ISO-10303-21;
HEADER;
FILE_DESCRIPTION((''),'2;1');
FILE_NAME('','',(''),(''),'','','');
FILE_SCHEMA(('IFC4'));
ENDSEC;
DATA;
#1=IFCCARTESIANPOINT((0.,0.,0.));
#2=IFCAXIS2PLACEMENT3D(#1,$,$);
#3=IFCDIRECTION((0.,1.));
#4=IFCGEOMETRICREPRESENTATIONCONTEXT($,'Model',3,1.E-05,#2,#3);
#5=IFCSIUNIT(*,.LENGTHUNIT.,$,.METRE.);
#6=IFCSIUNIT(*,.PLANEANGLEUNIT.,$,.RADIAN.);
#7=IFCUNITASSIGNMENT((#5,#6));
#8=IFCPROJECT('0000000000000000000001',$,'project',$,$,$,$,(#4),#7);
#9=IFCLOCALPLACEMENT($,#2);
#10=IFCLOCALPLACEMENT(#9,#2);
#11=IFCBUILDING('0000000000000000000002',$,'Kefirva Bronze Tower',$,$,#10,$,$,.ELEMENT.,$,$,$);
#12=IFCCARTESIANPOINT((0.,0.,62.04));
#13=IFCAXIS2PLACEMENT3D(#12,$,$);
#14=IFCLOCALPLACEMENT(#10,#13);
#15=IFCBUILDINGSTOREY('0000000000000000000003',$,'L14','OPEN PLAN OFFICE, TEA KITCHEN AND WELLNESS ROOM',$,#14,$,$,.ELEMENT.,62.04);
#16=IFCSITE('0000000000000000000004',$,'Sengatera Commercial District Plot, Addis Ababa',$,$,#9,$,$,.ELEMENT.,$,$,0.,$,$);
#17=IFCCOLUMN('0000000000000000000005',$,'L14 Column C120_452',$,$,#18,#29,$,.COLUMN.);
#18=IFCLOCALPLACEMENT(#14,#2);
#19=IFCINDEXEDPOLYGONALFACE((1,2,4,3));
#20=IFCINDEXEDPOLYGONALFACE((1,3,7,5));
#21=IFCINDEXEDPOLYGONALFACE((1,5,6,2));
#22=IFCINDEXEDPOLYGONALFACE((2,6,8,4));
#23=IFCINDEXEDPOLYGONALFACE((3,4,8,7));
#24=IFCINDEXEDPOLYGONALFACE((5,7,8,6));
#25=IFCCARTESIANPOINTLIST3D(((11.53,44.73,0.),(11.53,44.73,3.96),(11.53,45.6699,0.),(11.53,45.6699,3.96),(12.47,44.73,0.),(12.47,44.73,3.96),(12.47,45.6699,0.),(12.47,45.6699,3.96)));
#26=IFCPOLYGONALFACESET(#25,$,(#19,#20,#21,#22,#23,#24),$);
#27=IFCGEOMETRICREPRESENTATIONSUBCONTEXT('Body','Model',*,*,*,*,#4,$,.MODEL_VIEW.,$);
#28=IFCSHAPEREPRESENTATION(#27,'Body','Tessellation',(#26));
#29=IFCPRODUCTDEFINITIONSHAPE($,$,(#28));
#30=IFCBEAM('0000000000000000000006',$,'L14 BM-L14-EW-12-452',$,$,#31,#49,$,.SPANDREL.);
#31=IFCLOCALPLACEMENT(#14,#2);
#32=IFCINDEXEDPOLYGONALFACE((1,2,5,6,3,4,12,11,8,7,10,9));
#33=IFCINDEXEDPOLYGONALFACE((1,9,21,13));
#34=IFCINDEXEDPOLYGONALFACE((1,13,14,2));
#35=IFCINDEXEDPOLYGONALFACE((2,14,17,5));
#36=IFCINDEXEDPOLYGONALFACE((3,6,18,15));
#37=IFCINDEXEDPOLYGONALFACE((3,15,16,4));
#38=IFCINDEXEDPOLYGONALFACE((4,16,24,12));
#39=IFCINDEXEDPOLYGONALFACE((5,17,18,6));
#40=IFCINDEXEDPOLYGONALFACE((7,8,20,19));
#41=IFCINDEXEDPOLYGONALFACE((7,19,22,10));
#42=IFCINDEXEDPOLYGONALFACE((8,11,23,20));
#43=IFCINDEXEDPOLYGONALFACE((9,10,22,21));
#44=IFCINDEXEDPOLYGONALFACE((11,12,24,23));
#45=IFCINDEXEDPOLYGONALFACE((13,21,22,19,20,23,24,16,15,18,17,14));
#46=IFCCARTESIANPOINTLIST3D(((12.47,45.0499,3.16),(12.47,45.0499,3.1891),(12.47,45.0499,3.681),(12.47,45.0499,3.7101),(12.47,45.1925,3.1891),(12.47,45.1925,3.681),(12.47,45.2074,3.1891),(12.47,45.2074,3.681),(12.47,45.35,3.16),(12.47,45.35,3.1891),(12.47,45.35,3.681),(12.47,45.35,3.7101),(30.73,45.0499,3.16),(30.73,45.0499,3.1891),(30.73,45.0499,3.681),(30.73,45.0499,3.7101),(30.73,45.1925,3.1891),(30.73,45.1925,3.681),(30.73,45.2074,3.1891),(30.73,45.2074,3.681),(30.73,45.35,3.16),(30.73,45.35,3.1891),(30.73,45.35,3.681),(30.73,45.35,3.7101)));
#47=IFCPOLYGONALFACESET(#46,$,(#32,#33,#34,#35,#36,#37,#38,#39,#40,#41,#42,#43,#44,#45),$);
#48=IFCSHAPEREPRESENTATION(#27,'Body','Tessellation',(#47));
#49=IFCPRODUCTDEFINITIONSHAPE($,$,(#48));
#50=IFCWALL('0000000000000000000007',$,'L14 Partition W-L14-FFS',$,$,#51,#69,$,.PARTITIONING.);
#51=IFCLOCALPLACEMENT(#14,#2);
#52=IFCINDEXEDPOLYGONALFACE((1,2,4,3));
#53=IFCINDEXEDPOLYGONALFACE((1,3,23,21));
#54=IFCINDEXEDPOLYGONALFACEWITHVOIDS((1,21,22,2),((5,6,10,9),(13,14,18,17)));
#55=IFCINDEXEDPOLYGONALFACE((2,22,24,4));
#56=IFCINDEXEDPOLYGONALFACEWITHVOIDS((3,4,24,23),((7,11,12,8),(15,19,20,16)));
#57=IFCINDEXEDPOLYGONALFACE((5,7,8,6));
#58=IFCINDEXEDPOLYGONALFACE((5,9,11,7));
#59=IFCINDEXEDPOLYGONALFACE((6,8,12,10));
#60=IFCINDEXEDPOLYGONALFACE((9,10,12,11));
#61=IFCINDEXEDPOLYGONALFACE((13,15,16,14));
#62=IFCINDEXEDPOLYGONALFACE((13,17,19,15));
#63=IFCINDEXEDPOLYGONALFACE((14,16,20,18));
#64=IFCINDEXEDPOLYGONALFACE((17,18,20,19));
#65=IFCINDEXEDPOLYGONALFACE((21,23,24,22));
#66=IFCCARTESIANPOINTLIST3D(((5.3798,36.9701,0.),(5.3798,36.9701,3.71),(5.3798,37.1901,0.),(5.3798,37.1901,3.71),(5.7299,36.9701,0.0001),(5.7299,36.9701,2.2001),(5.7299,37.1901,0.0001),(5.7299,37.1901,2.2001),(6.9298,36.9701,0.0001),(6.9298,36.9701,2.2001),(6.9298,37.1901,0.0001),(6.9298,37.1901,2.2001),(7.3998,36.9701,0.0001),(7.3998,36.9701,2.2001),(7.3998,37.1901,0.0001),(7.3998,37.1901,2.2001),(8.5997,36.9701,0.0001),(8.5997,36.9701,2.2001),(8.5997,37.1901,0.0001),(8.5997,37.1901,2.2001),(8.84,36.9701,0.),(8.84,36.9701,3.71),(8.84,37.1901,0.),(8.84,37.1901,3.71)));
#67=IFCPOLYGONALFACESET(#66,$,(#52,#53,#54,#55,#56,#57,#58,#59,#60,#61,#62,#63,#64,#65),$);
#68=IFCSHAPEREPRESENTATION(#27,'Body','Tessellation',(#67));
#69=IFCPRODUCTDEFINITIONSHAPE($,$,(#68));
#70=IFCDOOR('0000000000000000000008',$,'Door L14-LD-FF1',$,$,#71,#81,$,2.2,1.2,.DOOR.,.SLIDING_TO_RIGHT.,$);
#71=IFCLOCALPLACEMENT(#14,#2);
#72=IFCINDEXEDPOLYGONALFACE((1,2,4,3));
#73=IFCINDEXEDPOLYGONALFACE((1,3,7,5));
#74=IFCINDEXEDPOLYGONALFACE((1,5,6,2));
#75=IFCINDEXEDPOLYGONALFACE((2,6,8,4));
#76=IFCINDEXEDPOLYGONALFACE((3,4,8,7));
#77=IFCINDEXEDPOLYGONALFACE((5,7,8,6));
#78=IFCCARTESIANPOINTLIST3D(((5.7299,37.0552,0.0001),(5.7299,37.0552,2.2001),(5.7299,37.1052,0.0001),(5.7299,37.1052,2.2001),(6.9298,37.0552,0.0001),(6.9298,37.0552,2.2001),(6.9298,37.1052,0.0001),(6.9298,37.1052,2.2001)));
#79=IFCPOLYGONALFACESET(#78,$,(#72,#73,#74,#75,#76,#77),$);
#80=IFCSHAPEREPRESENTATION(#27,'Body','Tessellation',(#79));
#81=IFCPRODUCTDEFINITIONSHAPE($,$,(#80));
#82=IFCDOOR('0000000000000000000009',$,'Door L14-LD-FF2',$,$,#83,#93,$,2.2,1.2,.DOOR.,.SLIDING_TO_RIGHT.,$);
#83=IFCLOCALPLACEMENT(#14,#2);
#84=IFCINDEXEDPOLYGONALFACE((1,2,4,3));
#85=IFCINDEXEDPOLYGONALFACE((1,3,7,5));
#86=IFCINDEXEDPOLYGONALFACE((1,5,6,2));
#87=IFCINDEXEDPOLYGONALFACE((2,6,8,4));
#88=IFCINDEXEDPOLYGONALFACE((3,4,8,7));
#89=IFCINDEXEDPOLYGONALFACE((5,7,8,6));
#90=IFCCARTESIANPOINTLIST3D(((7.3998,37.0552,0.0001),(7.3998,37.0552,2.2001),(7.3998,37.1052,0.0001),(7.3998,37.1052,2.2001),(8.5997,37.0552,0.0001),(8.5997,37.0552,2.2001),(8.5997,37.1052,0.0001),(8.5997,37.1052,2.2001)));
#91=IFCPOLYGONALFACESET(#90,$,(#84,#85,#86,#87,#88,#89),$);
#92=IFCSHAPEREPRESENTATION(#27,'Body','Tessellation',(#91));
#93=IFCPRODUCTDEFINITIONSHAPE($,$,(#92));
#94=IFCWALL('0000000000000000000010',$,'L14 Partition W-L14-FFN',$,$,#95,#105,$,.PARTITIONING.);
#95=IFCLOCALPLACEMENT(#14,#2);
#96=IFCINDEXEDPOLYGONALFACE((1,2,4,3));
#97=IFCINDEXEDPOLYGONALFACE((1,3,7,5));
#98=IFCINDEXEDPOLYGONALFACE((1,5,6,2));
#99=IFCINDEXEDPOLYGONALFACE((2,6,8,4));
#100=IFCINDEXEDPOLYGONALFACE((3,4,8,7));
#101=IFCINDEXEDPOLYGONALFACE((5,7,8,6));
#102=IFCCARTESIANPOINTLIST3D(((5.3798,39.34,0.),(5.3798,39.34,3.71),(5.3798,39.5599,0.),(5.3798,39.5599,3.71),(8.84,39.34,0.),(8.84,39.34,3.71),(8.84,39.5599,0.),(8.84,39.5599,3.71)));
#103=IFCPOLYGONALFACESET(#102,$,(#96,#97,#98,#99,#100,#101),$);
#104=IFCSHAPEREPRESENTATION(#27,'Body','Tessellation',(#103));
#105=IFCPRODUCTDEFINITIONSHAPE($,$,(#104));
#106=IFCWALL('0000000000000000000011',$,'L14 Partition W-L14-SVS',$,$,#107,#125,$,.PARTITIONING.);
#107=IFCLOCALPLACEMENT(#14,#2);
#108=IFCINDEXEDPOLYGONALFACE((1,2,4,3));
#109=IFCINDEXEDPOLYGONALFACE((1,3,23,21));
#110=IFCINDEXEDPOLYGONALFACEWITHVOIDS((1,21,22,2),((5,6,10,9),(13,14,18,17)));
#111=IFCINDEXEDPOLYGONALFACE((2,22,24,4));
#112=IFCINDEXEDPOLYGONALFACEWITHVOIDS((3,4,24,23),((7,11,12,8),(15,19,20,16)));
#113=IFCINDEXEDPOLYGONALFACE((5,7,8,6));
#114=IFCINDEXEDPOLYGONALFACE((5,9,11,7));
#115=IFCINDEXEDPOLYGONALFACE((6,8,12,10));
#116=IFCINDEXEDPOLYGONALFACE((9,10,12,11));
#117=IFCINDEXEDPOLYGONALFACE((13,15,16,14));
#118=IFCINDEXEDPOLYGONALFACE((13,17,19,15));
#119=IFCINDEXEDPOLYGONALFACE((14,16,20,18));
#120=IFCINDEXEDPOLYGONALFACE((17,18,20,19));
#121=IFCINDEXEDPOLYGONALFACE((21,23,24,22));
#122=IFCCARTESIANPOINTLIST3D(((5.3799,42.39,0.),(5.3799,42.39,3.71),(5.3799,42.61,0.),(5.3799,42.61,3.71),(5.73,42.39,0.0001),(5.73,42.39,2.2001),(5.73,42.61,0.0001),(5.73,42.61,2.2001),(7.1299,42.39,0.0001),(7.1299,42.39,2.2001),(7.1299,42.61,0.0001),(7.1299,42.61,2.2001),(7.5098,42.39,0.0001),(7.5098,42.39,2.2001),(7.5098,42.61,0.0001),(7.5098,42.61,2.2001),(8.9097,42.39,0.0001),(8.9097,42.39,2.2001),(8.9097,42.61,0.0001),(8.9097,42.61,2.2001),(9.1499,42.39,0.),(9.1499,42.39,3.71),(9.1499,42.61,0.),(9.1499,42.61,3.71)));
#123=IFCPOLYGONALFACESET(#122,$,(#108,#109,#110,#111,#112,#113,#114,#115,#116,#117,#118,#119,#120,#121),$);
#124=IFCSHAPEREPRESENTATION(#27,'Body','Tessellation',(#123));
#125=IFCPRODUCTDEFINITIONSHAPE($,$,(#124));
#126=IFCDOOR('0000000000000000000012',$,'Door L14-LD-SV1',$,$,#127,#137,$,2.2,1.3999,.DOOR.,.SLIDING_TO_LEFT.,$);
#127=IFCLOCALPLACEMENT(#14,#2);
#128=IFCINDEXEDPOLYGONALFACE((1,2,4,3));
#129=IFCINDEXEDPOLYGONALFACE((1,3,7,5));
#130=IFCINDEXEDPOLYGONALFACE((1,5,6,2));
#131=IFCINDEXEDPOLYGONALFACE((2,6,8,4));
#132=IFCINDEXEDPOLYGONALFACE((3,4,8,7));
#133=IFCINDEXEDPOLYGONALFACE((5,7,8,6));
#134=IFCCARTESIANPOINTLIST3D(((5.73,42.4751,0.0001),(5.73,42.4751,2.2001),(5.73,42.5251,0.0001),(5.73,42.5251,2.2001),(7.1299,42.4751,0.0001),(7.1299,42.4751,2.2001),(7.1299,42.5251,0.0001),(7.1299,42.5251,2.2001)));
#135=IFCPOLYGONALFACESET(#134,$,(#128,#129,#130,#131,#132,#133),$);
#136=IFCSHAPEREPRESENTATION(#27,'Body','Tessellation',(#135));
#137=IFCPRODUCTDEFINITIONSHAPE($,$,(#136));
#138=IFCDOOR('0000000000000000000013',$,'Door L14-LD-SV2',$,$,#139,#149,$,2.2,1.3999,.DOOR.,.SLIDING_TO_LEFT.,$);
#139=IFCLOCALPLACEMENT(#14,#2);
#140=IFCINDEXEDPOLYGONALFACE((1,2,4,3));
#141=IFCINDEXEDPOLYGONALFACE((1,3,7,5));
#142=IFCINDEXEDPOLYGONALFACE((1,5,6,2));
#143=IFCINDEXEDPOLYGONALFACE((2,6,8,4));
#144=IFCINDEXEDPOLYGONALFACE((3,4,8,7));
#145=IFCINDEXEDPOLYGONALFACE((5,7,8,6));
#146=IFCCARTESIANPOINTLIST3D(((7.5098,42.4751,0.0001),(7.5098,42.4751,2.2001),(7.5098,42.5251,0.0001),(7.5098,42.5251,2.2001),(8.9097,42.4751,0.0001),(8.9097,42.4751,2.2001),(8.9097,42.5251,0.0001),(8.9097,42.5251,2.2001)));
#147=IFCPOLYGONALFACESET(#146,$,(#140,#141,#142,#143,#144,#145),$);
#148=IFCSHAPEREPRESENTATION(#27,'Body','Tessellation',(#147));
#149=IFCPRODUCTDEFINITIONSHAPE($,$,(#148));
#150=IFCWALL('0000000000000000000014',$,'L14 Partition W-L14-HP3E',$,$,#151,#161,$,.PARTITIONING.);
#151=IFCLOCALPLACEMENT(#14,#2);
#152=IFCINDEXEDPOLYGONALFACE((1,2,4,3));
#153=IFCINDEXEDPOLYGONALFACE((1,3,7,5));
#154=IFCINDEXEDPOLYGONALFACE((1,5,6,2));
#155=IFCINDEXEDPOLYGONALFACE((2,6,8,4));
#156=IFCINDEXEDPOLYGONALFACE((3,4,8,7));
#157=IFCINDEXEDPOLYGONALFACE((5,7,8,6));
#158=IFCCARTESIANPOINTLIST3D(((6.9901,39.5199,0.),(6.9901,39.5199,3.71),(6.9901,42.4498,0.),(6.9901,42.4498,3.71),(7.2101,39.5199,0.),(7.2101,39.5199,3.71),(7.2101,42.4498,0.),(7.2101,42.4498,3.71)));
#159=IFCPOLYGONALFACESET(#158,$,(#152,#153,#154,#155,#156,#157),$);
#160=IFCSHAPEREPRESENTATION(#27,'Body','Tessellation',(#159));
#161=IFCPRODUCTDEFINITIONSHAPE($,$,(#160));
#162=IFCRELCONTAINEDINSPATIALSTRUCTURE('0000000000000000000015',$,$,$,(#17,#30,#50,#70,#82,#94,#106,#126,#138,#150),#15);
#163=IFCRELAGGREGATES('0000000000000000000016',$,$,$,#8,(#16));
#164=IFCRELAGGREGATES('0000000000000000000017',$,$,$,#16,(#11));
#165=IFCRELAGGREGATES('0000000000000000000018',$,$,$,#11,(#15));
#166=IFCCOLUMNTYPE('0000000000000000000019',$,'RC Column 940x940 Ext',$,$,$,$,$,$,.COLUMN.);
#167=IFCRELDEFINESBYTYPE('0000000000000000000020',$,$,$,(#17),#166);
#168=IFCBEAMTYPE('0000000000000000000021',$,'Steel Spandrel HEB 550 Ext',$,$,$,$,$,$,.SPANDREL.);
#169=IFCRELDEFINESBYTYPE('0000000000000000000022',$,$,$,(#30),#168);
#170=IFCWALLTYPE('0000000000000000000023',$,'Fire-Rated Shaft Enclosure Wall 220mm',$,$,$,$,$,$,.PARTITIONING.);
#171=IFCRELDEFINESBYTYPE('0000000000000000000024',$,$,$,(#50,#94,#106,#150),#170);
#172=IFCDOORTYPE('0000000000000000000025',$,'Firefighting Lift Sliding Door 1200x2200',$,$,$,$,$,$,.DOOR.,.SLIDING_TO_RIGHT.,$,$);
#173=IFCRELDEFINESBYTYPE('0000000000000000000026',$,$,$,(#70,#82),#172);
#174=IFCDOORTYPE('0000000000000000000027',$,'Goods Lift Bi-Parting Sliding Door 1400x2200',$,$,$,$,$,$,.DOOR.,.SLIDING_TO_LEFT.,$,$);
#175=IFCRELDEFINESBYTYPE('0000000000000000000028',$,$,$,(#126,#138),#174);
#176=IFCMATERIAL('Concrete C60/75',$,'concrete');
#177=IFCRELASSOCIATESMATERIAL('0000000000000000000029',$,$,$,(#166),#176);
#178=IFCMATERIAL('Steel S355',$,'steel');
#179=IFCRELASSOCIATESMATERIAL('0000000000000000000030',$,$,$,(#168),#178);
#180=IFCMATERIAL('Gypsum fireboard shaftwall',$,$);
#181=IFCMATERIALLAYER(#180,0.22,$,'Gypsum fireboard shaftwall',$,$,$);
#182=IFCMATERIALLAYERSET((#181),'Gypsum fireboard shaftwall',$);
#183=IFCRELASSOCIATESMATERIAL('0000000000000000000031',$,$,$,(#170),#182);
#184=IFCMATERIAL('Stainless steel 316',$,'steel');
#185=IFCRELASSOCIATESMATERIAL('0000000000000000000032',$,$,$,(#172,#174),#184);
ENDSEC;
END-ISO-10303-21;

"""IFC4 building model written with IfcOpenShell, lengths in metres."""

from ifc_helpers import new_model, si_unit, direction, frame, frame_2d, origin, origin_2d, place, context, subcontext, project, spatial, rectangle, i_section, extrude, material, layer, layer_set, material_profile, profile_set, type_object, element, fill, save


model = new_model("IFC4")

# Units and contexts
model_context = context("Model", 3, precision=1e-05, world=origin(), true_north=direction((0.0, 1.0)))
body_context = subcontext(model_context, "Body", "Model", "MODEL_VIEW")
ifc_project = project(units=[si_unit("LENGTHUNIT", "METRE"), si_unit("PLANEANGLEUNIT", "RADIAN")], contexts=[model_context])

# Site, building, storey
site_placement = place(None, origin())
site = spatial("IfcSite", under=ifc_project, at=site_placement, Name="Sengatera Commercial District Plot, Addis Ababa", CompositionType="ELEMENT", RefElevation=0.0)
building_placement = place(site_placement, origin())
building = spatial("IfcBuilding", under=site, at=building_placement, Name="Kefirva Bronze Tower", CompositionType="ELEMENT")
storey_placement = place(building_placement, frame((0.0, 0.0, 62.04)))
storey = spatial("IfcBuildingStorey", under=building, at=storey_placement, Name="L14", Description="OPEN PLAN OFFICE, TEA KITCHEN AND WELLNESS ROOM", CompositionType="ELEMENT", Elevation=62.04)

# Column
ifc_material_1 = material(Name="Concrete C60/75", Category="concrete")
ifc_material_profile_1 = material_profile(ifc_material_1, rectangle(XDim=0.9399, YDim=0.9399, at=origin_2d()), Name="RC 940x940")
ifc_profile_set_1 = profile_set([ifc_material_profile_1], Name="Concrete C60/75")
column_type = type_object("IfcColumnType", Name="RC Column 940x940 Ext", PredefinedType="COLUMN", material=ifc_profile_set_1)
column_placement = place(storey_placement, frame((12.0, 45.2, 0.0), z_axis=(0.0, 0.0, 1.0), x_axis=(1.0, 0.0, 0.0)))
element("IfcColumn", 1, at=column_placement, inside=storey, type_object=column_type, Name="L14 Column C120_452", PredefinedType="COLUMN", context=body_context, shape_type="SweptSolid", body=[
    extrude(rectangle(XDim=0.9399, YDim=0.9399, at=origin_2d()), origin(), (0.0, 0.0, 1.0), 3.96),
])

# Beam
ifc_material_2 = material(Name="Steel S355", Category="steel")
ifc_material_profile_2 = material_profile(ifc_material_2, i_section(OverallWidth=0.3, OverallDepth=0.55, WebThickness=0.0149, FlangeThickness=0.0291, at=origin_2d()), Name="HEB 550")
ifc_profile_set_2 = profile_set([ifc_material_profile_2], Name="Steel S355")
beam_type = type_object("IfcBeamType", Name="Steel Spandrel HEB 550 Ext", PredefinedType="SPANDREL", material=ifc_profile_set_2)
beam_placement = place(storey_placement, frame((12.47, 45.2, 3.4351), z_axis=(1.0, 0.0, 0.0), x_axis=(0.0, 1.0, 0.0)))
element("IfcBeam", 2, at=beam_placement, inside=storey, type_object=beam_type, Name="L14 BM-L14-EW-12-452", PredefinedType="SPANDREL", context=body_context, shape_type="SweptSolid", body=[
    extrude(i_section(OverallWidth=0.3, OverallDepth=0.55, WebThickness=0.0149, FlangeThickness=0.0291, at=origin_2d()), origin(), (0.0, 0.0, 1.0), 18.26),
])

# Wall, openings, doors
ifc_material_3 = material(Name="Gypsum fireboard shaftwall")
ifc_layer_1 = layer(ifc_material_3, 0.22, Name="Gypsum fireboard shaftwall")
ifc_layer_set_1 = layer_set([ifc_layer_1], Name="Gypsum fireboard shaftwall")
wall_type_1 = type_object("IfcWallType", Name="Fire-Rated Shaft Enclosure Wall 220mm", PredefinedType="PARTITIONING", material=ifc_layer_set_1)
wall_1_placement = place(storey_placement, frame((5.3799, 37.0801, 0.0), z_axis=(0.0, 0.0, 1.0), x_axis=(1.0, 0.0, 0.0)))
wall_1 = element("IfcWall", 3, at=wall_1_placement, inside=storey, type_object=wall_type_1, Name="L14 Partition W-L14-FFS", PredefinedType="PARTITIONING", context=body_context, shape_type="SweptSolid", body=[
    extrude(rectangle(XDim=3.4602, YDim=0.22, at=frame_2d((1.73, 0.0))), origin(), (0.0, 0.0, 1.0), 3.71),
])
opening_1_placement = place(wall_1_placement, frame((1.55, 0.0, 0.0), z_axis=(0.0, 0.0, 1.0), x_axis=(-1.0, 0.0, 0.0)))
opening_1 = element("IfcOpeningElement", 4, at=opening_1_placement, cuts=wall_1, PredefinedType="OPENING", context=body_context, shape_type="SweptSolid", body=[
    extrude(rectangle(XDim=1.2, YDim=2.2, at=frame_2d((0.6001, 1.1001))), frame((0.0, 0.1201, 0.0), z_axis=(0.0, -1.0, 0.0), x_axis=(1.0, 0.0, 0.0)), (0.0, 0.0, 1.0), 0.24),
])
opening_2_placement = place(wall_1_placement, frame((3.22, 0.0, 0.0), z_axis=(0.0, 0.0, 1.0), x_axis=(-1.0, 0.0, 0.0)))
opening_2 = element("IfcOpeningElement", 5, at=opening_2_placement, cuts=wall_1, PredefinedType="OPENING", context=body_context, shape_type="SweptSolid", body=[
    extrude(rectangle(XDim=1.2, YDim=2.2, at=frame_2d((0.6001, 1.1001))), frame((0.0, 0.1201, 0.0), z_axis=(0.0, -1.0, 0.0), x_axis=(1.0, 0.0, 0.0)), (0.0, 0.0, 1.0), 0.24),
])
ifc_material_4 = material(Name="Stainless steel 316", Category="steel")
door_type_1 = type_object("IfcDoorType", Name="Firefighting Lift Sliding Door 1200x2200", OperationType="SLIDING_TO_RIGHT", PredefinedType="DOOR", material=ifc_material_4)
door_1_placement = place(opening_1_placement, origin())
door_1 = element("IfcDoor", 6, at=door_1_placement, inside=storey, type_object=door_type_1, Name="Door L14-LD-FF1", OperationType="SLIDING_TO_RIGHT", OverallHeight=2.2, OverallWidth=1.2, PredefinedType="DOOR", context=body_context, shape_type="SweptSolid", body=[
    extrude(rectangle(XDim=1.2, YDim=2.2, at=frame_2d((0.6001, 1.1001))), frame((0.0, 0.0249, 0.0), z_axis=(0.0, -1.0, 0.0), x_axis=(1.0, 0.0, 0.0)), (0.0, 0.0, 1.0), 0.05),
])
fill(opening_1, door_1)
door_2_placement = place(opening_2_placement, origin())
door_2 = element("IfcDoor", 7, at=door_2_placement, inside=storey, type_object=door_type_1, Name="Door L14-LD-FF2", OperationType="SLIDING_TO_RIGHT", OverallHeight=2.2, OverallWidth=1.2, PredefinedType="DOOR", context=body_context, shape_type="SweptSolid", body=[
    extrude(rectangle(XDim=1.2, YDim=2.2, at=frame_2d((0.6001, 1.1001))), frame((0.0, 0.0249, 0.0), z_axis=(0.0, -1.0, 0.0), x_axis=(1.0, 0.0, 0.0)), (0.0, 0.0, 1.0), 0.05),
])
fill(opening_2, door_2)

# Wall
wall_2_placement = place(storey_placement, frame((5.3799, 39.45, 0.0), z_axis=(0.0, 0.0, 1.0), x_axis=(1.0, 0.0, 0.0)))
element("IfcWall", 8, at=wall_2_placement, inside=storey, type_object=wall_type_1, Name="L14 Partition W-L14-FFN", PredefinedType="PARTITIONING", context=body_context, shape_type="SweptSolid", body=[
    extrude(rectangle(XDim=3.4602, YDim=0.22, at=frame_2d((1.73, 0.0))), origin(), (0.0, 0.0, 1.0), 3.71),
])

# Wall, openings, doors
wall_3_placement = place(storey_placement, frame((5.3799, 42.5, 0.0), z_axis=(0.0, 0.0, 1.0), x_axis=(1.0, 0.0, 0.0)))
wall_3 = element("IfcWall", 9, at=wall_3_placement, inside=storey, type_object=wall_type_1, Name="L14 Partition W-L14-SVS", PredefinedType="PARTITIONING", context=body_context, shape_type="SweptSolid", body=[
    extrude(rectangle(XDim=3.77, YDim=0.22, at=frame_2d((1.885, 0.0))), origin(), (0.0, 0.0, 1.0), 3.71),
])
opening_3_placement = place(wall_3_placement, frame((1.75, 0.0, 0.0), z_axis=(0.0, 0.0, 1.0), x_axis=(-1.0, 0.0, 0.0)))
opening_3 = element("IfcOpeningElement", 10, at=opening_3_placement, cuts=wall_3, PredefinedType="OPENING", context=body_context, shape_type="SweptSolid", body=[
    extrude(rectangle(XDim=1.3999, YDim=2.2, at=frame_2d((0.7, 1.1001))), frame((0.0, 0.1201, 0.0), z_axis=(0.0, -1.0, 0.0), x_axis=(1.0, 0.0, 0.0)), (0.0, 0.0, 1.0), 0.24),
])
opening_4_placement = place(wall_3_placement, frame((3.5298, 0.0, 0.0), z_axis=(0.0, 0.0, 1.0), x_axis=(-1.0, 0.0, 0.0)))
opening_4 = element("IfcOpeningElement", 11, at=opening_4_placement, cuts=wall_3, PredefinedType="OPENING", context=body_context, shape_type="SweptSolid", body=[
    extrude(rectangle(XDim=1.3999, YDim=2.2, at=frame_2d((0.7, 1.1001))), frame((0.0, 0.1201, 0.0), z_axis=(0.0, -1.0, 0.0), x_axis=(1.0, 0.0, 0.0)), (0.0, 0.0, 1.0), 0.24),
])
door_type_2 = type_object("IfcDoorType", Name="Goods Lift Bi-Parting Sliding Door 1400x2200", OperationType="SLIDING_TO_LEFT", PredefinedType="DOOR", material=ifc_material_4)
door_3_placement = place(opening_3_placement, origin())
door_3 = element("IfcDoor", 12, at=door_3_placement, inside=storey, type_object=door_type_2, Name="Door L14-LD-SV1", OperationType="SLIDING_TO_LEFT", OverallHeight=2.2, OverallWidth=1.3999, PredefinedType="DOOR", context=body_context, shape_type="SweptSolid", body=[
    extrude(rectangle(XDim=1.3999, YDim=2.2, at=frame_2d((0.7, 1.1001))), frame((0.0, 0.0249, 0.0), z_axis=(0.0, -1.0, 0.0), x_axis=(1.0, 0.0, 0.0)), (0.0, 0.0, 1.0), 0.05),
])
fill(opening_3, door_3)
door_4_placement = place(opening_4_placement, origin())
door_4 = element("IfcDoor", 13, at=door_4_placement, inside=storey, type_object=door_type_2, Name="Door L14-LD-SV2", OperationType="SLIDING_TO_LEFT", OverallHeight=2.2, OverallWidth=1.3999, PredefinedType="DOOR", context=body_context, shape_type="SweptSolid", body=[
    extrude(rectangle(XDim=1.3999, YDim=2.2, at=frame_2d((0.7, 1.1001))), frame((0.0, 0.0249, 0.0), z_axis=(0.0, -1.0, 0.0), x_axis=(1.0, 0.0, 0.0)), (0.0, 0.0, 1.0), 0.05),
])
fill(opening_4, door_4)

# Wall
wall_4_placement = place(storey_placement, frame((7.1001, 39.52, 0.0), z_axis=(0.0, 0.0, 1.0), x_axis=(0.0, 1.0, 0.0)))
element("IfcWall", 14, at=wall_4_placement, inside=storey, type_object=wall_type_1, Name="L14 Partition W-L14-HP3E", PredefinedType="PARTITIONING", context=body_context, shape_type="SweptSolid", body=[
    extrude(rectangle(XDim=2.9299, YDim=0.22, at=frame_2d((1.4648, 0.0))), origin(), (0.0, 0.0, 1.0), 3.71),
])

save(model, "model.ifc")
